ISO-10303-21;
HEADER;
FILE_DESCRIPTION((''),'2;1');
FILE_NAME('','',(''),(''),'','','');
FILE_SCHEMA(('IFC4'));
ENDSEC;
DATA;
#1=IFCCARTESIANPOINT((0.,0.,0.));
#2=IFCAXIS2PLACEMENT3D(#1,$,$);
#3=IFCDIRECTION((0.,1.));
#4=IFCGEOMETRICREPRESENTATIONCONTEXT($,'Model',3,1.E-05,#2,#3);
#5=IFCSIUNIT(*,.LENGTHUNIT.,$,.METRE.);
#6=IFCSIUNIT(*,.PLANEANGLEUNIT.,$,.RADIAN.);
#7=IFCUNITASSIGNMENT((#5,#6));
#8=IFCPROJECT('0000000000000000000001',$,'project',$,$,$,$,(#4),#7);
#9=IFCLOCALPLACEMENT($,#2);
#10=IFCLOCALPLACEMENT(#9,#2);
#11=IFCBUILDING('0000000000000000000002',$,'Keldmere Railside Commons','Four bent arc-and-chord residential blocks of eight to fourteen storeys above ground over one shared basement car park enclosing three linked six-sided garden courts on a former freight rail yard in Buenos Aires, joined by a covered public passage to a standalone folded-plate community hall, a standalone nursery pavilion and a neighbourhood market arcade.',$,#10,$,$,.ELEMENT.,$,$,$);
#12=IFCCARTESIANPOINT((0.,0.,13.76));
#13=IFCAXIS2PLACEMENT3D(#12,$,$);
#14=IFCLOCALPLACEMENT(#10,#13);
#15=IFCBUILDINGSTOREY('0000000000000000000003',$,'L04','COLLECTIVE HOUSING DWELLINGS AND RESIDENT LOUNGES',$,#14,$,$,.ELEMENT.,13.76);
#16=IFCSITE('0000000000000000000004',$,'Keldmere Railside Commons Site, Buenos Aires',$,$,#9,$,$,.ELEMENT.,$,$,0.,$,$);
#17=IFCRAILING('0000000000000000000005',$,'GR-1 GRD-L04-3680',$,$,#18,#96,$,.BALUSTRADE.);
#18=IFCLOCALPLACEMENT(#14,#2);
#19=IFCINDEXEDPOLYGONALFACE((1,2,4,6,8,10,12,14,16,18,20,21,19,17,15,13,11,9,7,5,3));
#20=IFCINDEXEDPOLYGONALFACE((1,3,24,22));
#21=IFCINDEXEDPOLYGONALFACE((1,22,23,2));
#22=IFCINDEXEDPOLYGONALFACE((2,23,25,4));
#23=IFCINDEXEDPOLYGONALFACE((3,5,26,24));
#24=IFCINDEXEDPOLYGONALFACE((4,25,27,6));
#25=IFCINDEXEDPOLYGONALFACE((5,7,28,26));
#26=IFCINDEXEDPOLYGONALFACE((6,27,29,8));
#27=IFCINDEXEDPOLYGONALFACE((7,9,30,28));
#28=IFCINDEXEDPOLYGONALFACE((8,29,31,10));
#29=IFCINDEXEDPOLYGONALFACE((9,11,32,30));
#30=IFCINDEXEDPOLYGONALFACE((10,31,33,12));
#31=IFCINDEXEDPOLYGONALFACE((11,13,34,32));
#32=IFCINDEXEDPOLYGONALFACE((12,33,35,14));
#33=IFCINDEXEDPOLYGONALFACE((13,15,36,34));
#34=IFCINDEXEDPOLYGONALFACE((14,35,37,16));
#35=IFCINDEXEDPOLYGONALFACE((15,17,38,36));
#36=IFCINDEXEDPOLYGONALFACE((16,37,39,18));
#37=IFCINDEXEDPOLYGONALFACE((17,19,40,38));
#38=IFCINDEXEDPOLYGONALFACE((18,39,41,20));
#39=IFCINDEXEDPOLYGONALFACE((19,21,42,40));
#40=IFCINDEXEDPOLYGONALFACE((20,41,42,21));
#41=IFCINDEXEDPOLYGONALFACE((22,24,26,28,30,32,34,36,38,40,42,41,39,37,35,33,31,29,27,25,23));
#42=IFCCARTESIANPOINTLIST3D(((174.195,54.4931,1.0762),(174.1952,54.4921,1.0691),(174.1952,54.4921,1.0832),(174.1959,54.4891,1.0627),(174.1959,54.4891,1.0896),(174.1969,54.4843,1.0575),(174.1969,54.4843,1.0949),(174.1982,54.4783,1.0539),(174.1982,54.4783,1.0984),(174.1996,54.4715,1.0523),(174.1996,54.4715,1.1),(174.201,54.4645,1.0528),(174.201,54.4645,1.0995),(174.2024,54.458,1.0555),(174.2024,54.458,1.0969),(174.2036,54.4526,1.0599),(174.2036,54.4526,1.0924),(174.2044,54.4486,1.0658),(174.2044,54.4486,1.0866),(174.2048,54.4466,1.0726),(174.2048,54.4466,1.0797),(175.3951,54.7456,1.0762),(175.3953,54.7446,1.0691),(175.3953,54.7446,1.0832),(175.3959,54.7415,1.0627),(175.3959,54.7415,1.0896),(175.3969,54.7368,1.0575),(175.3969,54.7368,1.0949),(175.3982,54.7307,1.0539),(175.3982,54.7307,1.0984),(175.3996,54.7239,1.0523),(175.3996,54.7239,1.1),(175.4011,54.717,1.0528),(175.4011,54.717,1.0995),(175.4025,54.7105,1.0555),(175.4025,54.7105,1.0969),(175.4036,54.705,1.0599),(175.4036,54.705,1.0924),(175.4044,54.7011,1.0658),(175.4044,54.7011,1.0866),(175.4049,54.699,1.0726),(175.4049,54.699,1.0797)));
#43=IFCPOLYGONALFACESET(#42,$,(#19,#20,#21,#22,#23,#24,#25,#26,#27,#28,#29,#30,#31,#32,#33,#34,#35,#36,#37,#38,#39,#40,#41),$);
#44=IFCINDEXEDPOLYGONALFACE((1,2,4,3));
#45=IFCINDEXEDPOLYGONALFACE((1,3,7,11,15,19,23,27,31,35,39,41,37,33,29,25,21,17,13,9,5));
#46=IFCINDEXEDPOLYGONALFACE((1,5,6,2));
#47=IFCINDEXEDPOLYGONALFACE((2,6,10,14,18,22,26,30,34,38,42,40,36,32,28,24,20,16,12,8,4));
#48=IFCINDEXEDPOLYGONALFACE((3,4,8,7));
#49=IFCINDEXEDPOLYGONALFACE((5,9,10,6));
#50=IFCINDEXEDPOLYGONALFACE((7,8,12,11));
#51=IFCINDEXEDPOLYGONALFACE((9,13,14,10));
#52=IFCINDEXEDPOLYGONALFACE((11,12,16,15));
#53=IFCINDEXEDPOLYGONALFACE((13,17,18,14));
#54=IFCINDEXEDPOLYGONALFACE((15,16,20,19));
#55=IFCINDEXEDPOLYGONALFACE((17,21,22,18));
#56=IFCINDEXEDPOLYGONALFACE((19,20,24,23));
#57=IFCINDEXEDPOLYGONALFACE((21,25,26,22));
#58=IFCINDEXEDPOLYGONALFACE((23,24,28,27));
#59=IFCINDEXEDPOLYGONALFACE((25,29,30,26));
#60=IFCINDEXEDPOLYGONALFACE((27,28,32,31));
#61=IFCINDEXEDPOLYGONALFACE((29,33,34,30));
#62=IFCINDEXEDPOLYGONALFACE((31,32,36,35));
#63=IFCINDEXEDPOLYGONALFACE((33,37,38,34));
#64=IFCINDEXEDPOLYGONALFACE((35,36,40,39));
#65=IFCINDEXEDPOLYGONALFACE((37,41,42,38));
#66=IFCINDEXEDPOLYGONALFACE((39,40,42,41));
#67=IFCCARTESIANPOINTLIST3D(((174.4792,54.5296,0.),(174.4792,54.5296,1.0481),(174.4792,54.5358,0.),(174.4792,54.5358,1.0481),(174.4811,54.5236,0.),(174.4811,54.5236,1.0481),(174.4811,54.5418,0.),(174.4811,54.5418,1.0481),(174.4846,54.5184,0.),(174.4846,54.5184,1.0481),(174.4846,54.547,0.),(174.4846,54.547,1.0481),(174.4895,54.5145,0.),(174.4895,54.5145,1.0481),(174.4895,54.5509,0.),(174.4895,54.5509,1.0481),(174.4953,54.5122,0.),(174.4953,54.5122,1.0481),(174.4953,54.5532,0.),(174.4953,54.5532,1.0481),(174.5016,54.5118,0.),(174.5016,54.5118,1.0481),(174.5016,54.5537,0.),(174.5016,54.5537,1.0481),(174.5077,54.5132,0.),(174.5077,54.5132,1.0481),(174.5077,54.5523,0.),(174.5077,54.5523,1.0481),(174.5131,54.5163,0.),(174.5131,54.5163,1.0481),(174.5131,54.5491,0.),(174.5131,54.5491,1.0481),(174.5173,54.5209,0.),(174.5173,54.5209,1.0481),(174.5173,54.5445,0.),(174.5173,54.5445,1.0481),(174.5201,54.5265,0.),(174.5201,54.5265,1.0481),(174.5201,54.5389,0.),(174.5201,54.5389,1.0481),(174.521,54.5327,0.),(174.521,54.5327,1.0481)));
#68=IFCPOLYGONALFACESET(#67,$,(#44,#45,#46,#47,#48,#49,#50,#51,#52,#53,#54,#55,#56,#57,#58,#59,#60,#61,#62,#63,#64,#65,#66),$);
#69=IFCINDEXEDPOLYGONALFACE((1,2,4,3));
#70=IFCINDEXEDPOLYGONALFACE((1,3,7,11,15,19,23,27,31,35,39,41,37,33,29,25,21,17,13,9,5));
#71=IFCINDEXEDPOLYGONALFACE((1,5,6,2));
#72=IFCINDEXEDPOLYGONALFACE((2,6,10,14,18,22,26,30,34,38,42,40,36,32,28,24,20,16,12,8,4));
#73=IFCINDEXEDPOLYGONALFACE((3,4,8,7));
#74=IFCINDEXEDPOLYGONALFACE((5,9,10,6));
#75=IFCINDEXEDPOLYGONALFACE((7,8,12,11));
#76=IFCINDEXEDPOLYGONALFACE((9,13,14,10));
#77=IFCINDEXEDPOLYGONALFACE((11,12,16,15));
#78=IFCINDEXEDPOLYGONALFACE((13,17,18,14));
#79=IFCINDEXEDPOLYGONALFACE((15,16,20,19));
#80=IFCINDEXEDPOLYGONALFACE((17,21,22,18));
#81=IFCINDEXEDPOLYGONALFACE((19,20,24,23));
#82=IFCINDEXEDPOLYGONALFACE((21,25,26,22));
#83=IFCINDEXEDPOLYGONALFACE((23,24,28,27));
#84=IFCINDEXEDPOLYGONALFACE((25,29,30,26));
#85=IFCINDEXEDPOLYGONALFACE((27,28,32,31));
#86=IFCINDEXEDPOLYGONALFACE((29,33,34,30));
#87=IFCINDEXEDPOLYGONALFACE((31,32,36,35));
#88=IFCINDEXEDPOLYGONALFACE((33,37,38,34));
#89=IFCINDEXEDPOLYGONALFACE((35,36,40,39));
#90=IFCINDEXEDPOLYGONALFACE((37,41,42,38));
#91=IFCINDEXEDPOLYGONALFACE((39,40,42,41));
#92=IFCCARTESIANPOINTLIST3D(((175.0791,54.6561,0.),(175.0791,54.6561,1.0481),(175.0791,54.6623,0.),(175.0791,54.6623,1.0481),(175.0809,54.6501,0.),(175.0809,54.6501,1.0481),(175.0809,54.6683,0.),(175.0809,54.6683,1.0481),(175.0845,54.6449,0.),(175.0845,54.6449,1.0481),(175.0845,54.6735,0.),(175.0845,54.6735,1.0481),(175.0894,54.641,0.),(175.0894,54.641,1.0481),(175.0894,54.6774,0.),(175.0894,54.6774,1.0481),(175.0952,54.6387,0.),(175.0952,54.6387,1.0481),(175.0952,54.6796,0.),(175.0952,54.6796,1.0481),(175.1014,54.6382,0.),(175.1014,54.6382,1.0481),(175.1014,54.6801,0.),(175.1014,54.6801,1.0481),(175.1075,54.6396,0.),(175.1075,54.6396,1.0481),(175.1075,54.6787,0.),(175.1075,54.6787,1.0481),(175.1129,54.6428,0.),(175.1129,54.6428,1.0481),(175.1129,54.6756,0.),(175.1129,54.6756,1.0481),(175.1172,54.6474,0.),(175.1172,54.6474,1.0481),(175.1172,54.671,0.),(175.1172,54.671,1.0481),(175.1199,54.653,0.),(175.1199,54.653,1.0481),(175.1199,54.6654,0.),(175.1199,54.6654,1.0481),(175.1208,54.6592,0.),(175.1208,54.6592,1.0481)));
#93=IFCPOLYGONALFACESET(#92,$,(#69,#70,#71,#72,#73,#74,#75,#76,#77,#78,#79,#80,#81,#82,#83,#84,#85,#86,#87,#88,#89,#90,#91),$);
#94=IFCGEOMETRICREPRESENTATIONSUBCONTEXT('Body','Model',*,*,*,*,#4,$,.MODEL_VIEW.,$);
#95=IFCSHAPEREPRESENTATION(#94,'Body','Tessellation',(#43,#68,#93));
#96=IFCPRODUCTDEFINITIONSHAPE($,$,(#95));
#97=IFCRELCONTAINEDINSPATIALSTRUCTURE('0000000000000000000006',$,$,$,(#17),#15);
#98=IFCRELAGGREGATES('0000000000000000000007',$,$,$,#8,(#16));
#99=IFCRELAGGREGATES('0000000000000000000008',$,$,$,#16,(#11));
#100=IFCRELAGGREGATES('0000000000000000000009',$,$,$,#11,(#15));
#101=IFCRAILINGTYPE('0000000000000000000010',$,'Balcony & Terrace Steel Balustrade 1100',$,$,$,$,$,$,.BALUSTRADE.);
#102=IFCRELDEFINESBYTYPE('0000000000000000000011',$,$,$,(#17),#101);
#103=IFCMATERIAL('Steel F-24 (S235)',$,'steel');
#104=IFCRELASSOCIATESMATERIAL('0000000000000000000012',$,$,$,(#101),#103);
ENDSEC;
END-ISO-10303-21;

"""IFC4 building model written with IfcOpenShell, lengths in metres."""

from ifc_helpers import new_model, si_unit, direction, frame, origin, origin_2d, place, context, subcontext, project, spatial, circle, extrude, material, type_object, element, save


model = new_model("IFC4")

# Units and contexts
model_context = context("Model", 3, precision=1e-05, world=origin(), true_north=direction((0.0, 1.0)))
body_context = subcontext(model_context, "Body", "Model", "MODEL_VIEW")
ifc_project = project(units=[si_unit("LENGTHUNIT", "METRE"), si_unit("PLANEANGLEUNIT", "RADIAN")], contexts=[model_context])

# Site, building, storey
site_placement = place(None, origin())
site = spatial("IfcSite", under=ifc_project, at=site_placement, Name="Keldmere Railside Commons Site, Buenos Aires", CompositionType="ELEMENT", RefElevation=0.0)
building_placement = place(site_placement, origin())
building = spatial("IfcBuilding", under=site, at=building_placement, Name="Keldmere Railside Commons", Description="Four bent arc-and-chord residential blocks of eight to fourteen storeys above ground over one shared basement car park enclosing three linked six-sided garden courts on a former freight rail yard in Buenos Aires, joined by a covered public passage to a standalone folded-plate community hall, a standalone nursery pavilion and a neighbourhood market arcade.", CompositionType="ELEMENT")
storey_placement = place(building_placement, frame((0.0, 0.0, 13.76)))
storey = spatial("IfcBuildingStorey", under=building, at=storey_placement, Name="L04", Description="COLLECTIVE HOUSING DWELLINGS AND RESIDENT LOUNGES", CompositionType="ELEMENT", Elevation=13.76)

# Railing
ifc_material_1 = material(Name="Steel F-24 (S235)", Category="steel")
railing_type = type_object("IfcRailingType", Name="Balcony & Terrace Steel Balustrade 1100", PredefinedType="BALUSTRADE", material=ifc_material_1)
railing_1_placement = place(storey_placement, frame((174.2, 54.4697, 0.0)))
element("IfcRailing", 1, at=railing_1_placement, inside=storey, type_object=railing_type, Name="GR-1 GRD-L04-3680", PredefinedType="BALUSTRADE", context=body_context, shape_type="SweptSolid", body=[
    extrude(circle(Radius=0.0239, at=origin_2d()), frame((0.0, 0.0, 1.0762), z_axis=(0.978579, 0.20587, 0.0), x_axis=(-0.20587, 0.978579, 0.0)), (0.0, 0.0, 1.0), 1.2263),
    extrude(circle(Radius=0.021, at=origin_2d()), frame((0.3, 0.063, 0.0)), (0.0, 0.0, 1.0), 1.0481),
    extrude(circle(Radius=0.021, at=origin_2d()), frame((0.8999, 0.1895, 0.0)), (0.0, 0.0, 1.0), 1.0481),
])

save(model, "model.ifc")
